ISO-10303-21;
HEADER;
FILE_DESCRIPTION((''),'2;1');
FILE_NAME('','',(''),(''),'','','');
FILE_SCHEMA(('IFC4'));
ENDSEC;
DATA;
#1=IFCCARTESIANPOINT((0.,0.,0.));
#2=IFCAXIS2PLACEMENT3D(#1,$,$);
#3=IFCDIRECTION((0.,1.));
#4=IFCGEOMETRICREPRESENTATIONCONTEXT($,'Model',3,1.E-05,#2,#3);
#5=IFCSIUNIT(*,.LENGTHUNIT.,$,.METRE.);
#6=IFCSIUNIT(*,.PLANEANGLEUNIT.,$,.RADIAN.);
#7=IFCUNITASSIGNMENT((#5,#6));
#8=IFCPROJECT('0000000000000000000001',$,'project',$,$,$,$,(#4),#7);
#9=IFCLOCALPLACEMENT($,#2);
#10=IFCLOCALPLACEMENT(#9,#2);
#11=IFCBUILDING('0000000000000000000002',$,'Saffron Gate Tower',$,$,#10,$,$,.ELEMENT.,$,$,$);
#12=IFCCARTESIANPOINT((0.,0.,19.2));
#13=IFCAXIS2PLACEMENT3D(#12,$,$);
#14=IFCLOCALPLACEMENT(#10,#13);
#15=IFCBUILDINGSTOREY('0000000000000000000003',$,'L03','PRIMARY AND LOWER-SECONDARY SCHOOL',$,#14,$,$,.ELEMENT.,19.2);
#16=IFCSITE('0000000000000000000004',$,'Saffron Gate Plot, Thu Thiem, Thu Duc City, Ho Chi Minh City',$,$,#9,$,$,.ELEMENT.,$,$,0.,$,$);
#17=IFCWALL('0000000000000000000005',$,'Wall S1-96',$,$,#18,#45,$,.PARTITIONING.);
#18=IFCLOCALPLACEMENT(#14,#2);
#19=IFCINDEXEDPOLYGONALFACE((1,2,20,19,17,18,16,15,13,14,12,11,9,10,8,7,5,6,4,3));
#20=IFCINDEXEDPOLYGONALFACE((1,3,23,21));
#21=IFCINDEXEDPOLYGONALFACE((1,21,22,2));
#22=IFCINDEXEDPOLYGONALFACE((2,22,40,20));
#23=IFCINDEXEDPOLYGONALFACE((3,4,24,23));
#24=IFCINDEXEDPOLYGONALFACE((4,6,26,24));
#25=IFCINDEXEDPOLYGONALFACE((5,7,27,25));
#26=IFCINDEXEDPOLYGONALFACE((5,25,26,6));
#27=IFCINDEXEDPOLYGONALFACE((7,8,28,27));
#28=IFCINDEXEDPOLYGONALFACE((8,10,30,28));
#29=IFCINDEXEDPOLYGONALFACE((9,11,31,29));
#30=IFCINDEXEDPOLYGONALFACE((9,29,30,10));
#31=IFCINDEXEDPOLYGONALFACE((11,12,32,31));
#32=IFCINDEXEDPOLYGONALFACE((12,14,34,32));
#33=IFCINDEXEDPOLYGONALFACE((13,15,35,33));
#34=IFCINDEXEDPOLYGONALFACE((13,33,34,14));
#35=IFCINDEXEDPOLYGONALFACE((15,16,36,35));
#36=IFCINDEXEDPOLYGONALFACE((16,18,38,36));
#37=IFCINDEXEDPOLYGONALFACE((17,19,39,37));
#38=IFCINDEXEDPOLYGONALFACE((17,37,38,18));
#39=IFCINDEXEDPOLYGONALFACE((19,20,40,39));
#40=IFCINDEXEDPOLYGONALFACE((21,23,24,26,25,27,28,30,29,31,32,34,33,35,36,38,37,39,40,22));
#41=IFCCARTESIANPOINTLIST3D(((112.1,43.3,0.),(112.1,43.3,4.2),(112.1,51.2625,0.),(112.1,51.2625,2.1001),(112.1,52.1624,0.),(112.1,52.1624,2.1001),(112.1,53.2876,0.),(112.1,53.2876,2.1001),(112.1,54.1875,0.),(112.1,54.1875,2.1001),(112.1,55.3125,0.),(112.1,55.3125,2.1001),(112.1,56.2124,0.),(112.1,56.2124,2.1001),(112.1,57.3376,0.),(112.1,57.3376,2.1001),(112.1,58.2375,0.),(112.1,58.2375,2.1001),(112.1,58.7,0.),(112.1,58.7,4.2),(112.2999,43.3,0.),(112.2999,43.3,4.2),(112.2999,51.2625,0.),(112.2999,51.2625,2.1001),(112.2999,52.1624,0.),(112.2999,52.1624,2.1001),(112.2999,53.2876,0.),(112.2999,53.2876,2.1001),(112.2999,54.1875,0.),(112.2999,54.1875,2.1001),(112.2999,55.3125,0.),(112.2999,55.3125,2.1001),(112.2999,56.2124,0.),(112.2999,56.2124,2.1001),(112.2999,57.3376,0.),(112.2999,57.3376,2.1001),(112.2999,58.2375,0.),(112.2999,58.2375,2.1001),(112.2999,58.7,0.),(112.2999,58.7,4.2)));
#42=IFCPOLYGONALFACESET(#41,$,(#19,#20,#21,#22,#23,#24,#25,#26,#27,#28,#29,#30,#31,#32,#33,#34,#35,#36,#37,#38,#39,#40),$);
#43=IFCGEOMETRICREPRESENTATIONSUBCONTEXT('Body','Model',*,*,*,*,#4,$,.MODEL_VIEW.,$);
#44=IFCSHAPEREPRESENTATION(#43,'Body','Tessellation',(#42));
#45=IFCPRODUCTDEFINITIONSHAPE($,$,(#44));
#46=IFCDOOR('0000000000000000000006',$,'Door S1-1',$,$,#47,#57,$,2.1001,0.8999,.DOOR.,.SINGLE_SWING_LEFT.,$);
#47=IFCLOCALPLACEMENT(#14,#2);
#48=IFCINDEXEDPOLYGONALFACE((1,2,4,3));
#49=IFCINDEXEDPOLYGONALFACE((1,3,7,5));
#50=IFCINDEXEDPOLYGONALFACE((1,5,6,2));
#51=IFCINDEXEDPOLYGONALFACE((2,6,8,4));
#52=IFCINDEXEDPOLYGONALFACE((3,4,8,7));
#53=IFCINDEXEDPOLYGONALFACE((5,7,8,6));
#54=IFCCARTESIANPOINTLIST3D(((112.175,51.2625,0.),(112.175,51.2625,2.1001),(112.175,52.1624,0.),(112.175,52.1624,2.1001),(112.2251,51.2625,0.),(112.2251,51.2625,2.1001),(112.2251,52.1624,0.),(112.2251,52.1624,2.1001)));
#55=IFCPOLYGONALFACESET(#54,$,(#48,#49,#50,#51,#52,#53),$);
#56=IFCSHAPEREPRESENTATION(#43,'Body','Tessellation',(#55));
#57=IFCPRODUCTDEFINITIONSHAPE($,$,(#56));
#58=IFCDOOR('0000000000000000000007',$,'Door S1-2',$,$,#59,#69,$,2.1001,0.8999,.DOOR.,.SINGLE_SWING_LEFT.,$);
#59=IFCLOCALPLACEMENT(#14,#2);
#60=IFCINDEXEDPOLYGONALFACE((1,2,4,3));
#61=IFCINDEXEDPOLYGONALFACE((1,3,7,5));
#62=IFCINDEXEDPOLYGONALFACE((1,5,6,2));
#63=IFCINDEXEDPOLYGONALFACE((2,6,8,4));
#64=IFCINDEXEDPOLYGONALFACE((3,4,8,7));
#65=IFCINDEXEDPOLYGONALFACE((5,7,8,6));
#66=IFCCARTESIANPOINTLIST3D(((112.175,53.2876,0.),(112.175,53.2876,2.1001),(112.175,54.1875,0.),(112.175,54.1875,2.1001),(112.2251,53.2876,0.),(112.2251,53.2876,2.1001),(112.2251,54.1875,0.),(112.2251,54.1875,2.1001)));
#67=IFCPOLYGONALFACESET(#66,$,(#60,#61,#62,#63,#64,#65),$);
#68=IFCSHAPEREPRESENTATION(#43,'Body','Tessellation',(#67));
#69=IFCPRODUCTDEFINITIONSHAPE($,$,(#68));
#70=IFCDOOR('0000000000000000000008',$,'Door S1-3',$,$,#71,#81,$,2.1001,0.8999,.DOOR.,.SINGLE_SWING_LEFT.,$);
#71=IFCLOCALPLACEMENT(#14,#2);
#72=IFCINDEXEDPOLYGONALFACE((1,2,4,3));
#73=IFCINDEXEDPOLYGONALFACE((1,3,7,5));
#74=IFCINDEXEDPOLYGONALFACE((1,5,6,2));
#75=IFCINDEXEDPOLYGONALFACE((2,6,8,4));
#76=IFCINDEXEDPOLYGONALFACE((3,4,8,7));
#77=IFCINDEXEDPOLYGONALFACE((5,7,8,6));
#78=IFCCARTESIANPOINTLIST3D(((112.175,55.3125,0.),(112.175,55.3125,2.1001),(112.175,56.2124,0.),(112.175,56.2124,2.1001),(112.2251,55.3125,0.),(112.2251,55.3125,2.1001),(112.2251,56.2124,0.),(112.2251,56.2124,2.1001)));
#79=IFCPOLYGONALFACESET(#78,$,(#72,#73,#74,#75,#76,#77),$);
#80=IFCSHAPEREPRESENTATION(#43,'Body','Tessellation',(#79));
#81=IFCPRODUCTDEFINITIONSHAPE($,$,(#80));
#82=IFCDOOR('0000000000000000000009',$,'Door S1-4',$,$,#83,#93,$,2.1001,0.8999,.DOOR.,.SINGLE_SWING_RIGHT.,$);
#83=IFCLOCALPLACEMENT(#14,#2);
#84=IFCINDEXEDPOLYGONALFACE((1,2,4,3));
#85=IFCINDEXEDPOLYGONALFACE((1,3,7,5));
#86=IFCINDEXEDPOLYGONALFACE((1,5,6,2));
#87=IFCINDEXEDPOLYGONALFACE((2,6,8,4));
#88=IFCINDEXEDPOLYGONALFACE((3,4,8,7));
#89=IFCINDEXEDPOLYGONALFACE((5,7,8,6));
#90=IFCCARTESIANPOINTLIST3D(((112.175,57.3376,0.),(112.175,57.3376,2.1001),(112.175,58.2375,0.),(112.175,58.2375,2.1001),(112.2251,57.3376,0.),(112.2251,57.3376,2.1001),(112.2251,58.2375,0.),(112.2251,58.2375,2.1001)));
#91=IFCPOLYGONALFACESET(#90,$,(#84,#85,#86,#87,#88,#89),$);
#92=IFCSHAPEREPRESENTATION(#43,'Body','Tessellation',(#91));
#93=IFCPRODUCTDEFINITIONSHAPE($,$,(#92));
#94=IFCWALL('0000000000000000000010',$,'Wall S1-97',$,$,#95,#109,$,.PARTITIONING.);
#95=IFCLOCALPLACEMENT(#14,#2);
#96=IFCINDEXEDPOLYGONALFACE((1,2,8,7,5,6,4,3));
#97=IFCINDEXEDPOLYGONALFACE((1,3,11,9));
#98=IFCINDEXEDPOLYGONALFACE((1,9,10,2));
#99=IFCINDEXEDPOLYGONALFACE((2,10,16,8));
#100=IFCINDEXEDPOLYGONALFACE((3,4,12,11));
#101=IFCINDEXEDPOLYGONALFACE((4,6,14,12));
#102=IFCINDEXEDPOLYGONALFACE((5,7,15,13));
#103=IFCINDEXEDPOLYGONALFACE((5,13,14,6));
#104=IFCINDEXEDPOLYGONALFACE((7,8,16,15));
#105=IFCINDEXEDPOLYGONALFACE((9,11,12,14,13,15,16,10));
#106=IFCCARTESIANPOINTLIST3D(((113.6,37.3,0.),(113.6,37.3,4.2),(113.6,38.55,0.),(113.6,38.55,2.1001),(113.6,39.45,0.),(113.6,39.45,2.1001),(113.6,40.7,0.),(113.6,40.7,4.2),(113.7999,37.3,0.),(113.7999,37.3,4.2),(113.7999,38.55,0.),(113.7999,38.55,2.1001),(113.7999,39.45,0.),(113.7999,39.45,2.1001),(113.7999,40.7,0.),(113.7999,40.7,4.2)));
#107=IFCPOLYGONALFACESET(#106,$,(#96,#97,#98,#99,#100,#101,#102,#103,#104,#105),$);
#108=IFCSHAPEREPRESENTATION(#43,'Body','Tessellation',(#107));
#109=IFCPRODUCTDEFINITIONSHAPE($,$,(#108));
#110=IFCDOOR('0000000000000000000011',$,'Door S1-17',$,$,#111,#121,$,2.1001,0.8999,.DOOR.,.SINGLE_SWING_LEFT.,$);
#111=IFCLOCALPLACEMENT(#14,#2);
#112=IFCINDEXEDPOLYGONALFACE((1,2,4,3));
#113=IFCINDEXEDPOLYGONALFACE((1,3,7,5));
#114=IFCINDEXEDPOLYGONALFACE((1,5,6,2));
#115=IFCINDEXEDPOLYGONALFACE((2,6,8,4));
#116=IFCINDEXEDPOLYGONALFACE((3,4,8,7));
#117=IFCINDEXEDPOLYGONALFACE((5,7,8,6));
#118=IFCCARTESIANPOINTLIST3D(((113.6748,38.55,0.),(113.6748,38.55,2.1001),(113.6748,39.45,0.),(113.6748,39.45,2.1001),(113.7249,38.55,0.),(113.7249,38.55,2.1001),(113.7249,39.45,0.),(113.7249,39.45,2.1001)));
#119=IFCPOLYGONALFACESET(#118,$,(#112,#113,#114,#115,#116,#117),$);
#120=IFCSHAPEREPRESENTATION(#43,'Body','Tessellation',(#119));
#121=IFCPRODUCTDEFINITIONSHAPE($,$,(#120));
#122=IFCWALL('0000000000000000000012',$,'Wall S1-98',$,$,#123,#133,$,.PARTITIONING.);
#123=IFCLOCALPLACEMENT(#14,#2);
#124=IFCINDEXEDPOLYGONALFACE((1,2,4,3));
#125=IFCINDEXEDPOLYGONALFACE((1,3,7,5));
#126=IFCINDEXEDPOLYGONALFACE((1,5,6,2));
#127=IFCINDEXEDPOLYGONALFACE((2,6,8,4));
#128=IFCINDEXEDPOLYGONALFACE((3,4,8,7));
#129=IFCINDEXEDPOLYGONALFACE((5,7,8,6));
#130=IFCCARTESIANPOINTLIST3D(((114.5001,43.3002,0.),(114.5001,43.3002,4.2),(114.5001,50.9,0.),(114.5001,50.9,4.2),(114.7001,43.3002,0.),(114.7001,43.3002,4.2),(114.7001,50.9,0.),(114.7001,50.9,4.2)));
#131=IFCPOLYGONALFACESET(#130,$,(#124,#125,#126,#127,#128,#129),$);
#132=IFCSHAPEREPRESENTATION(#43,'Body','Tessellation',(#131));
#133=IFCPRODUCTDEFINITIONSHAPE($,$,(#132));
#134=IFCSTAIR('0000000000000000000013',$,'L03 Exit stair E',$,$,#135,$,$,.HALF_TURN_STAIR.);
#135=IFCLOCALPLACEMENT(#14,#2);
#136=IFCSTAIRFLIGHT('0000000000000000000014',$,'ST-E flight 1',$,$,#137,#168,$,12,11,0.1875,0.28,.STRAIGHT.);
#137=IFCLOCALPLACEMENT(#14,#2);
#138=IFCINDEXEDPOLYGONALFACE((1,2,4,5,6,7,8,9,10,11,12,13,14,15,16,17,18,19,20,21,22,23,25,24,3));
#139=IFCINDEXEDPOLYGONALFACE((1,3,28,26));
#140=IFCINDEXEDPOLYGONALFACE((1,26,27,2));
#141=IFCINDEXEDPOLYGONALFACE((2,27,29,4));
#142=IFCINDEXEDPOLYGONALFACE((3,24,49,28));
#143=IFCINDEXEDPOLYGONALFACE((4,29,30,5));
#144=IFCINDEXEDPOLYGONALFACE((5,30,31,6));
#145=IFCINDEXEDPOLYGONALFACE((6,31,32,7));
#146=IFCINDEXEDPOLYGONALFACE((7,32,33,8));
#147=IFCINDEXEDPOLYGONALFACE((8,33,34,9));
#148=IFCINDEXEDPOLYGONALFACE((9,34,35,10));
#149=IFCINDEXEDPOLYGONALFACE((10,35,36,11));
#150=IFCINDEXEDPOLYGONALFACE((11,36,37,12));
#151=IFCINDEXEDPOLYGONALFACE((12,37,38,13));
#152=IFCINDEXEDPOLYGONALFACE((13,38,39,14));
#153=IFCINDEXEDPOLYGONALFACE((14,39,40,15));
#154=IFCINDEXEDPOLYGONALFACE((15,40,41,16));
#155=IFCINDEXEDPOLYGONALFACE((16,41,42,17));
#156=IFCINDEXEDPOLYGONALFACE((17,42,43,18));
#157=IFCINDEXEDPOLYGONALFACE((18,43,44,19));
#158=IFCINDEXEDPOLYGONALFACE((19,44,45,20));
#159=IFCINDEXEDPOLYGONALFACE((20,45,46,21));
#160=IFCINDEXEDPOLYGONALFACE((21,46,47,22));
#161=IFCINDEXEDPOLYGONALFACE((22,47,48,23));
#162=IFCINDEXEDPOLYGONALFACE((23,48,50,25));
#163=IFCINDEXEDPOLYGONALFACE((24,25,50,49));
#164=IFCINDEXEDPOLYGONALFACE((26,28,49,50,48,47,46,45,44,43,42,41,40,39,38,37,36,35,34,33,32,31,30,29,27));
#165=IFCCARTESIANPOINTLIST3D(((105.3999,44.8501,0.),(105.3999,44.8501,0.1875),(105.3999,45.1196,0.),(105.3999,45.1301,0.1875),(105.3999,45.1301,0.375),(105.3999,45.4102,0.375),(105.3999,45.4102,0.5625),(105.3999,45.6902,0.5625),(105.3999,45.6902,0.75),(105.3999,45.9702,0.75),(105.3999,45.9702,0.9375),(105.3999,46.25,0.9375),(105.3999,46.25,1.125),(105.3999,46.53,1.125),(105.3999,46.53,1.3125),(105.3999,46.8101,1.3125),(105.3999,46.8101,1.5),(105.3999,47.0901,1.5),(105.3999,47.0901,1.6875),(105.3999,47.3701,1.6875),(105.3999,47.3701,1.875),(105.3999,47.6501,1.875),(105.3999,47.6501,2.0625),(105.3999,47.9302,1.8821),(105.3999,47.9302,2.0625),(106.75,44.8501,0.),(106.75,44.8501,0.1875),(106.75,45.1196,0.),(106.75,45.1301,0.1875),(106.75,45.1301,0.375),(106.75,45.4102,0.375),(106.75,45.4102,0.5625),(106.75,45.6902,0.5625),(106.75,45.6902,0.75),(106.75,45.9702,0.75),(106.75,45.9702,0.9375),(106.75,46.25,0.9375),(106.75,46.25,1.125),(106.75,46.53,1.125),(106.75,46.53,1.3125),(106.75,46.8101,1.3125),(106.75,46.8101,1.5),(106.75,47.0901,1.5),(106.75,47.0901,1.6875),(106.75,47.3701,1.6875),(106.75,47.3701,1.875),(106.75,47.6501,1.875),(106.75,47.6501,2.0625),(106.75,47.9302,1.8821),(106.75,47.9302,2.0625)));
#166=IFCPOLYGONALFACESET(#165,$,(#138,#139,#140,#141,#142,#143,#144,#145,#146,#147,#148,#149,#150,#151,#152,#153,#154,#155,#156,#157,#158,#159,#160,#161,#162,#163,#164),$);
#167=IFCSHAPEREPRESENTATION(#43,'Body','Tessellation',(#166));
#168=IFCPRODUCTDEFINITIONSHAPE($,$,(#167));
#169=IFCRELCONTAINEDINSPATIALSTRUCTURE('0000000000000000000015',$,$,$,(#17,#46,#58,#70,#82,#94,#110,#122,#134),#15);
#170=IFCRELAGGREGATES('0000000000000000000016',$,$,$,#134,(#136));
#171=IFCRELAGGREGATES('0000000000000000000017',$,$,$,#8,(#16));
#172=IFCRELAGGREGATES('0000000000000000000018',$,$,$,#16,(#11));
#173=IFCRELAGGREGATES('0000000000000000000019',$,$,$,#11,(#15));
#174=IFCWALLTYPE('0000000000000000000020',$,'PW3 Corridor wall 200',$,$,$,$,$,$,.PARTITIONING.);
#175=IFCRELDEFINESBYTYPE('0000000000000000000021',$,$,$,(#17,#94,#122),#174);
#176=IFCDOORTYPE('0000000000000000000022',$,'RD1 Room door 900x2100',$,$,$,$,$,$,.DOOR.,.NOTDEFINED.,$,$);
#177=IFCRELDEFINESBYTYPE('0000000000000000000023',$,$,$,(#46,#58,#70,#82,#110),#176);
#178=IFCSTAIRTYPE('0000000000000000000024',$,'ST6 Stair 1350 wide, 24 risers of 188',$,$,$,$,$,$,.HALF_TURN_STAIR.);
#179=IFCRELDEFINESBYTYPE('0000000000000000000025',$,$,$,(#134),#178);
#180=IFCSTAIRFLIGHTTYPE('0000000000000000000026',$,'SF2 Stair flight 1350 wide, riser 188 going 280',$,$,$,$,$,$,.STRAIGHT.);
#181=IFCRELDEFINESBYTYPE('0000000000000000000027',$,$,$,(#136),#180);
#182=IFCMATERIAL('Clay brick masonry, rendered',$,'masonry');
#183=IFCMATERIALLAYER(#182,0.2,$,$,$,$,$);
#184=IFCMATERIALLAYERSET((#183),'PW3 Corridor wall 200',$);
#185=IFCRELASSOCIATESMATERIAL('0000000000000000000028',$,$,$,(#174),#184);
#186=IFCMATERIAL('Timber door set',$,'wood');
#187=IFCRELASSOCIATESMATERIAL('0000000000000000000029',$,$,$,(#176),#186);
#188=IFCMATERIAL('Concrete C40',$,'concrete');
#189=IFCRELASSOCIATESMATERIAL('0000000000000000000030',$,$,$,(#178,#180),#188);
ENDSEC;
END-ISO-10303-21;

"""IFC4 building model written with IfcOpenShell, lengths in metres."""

from ifc_helpers import new_model, si_unit, direction, frame, frame_2d, origin, place, context, subcontext, project, spatial, polyline, rectangle, outline, extrude, material, layer, layer_set, type_object, element, fill, aggregate, save


model = new_model("IFC4")

# Units and contexts
model_context = context("Model", 3, precision=1e-05, world=origin(), true_north=direction((0.0, 1.0)))
body_context = subcontext(model_context, "Body", "Model", "MODEL_VIEW")
ifc_project = project(units=[si_unit("LENGTHUNIT", "METRE"), si_unit("PLANEANGLEUNIT", "RADIAN")], contexts=[model_context])

# Site, building, storey
site_placement = place(None, origin())
site = spatial("IfcSite", under=ifc_project, at=site_placement, Name="Saffron Gate Plot, Thu Thiem, Thu Duc City, Ho Chi Minh City", CompositionType="ELEMENT", RefElevation=0.0)
building_placement = place(site_placement, origin())
building = spatial("IfcBuilding", under=site, at=building_placement, Name="Saffron Gate Tower", CompositionType="ELEMENT")
storey_placement = place(building_placement, frame((0.0, 0.0, 19.2)))
storey = spatial("IfcBuildingStorey", under=building, at=storey_placement, Name="L03", Description="PRIMARY AND LOWER-SECONDARY SCHOOL", CompositionType="ELEMENT", Elevation=19.2)

# Shared definitions
ifc_material_1 = material(Name="Clay brick masonry, rendered", Category="masonry")

# Shared definitions
ifc_layer_1 = layer(ifc_material_1, 0.2)
ifc_layer_set_1 = layer_set([ifc_layer_1], Name="PW3 Corridor wall 200")
wall_type_1 = type_object("IfcWallType", Name="PW3 Corridor wall 200", PredefinedType="PARTITIONING", material=ifc_layer_set_1)
ifc_material_2 = material(Name="Timber door set", Category="wood")
door_type_1 = type_object("IfcDoorType", Name="RD1 Room door 900x2100", OperationType="NOTDEFINED", PredefinedType="DOOR", material=ifc_material_2)

# Wall, openings, doors
wall_1_placement = place(storey_placement, frame((112.2, 43.3, 0.0), z_axis=(0.0, 0.0, 1.0), x_axis=(0.0, 1.0, 0.0)))
wall_1 = element("IfcWall", 1, at=wall_1_placement, inside=storey, type_object=wall_type_1, Name="Wall S1-96", PredefinedType="PARTITIONING", context=body_context, shape_type="SweptSolid", body=[
    extrude(rectangle(XDim=15.3999, YDim=0.2, at=frame_2d((7.7, 0.0))), origin(), (0.0, 0.0, 1.0), 4.2),
])
opening_1_placement = place(wall_1_placement, frame((7.9624, 0.0, 0.0)))
opening_1 = element("IfcOpeningElement", 2, at=opening_1_placement, cuts=wall_1, PredefinedType="OPENING", context=body_context, shape_type="SweptSolid", body=[
    extrude(rectangle(XDim=0.8999, YDim=2.1001, at=frame_2d((0.45, 1.05))), frame((0.0, 0.1099, 0.0), z_axis=(0.0, -1.0, 0.0), x_axis=(1.0, 0.0, 0.0)), (0.0, 0.0, 1.0), 0.22),
])
opening_2_placement = place(wall_1_placement, frame((9.9875, 0.0, 0.0)))
opening_2 = element("IfcOpeningElement", 3, at=opening_2_placement, cuts=wall_1, PredefinedType="OPENING", context=body_context, shape_type="SweptSolid", body=[
    extrude(rectangle(XDim=0.8999, YDim=2.1001, at=frame_2d((0.45, 1.05))), frame((0.0, 0.1099, 0.0), z_axis=(0.0, -1.0, 0.0), x_axis=(1.0, 0.0, 0.0)), (0.0, 0.0, 1.0), 0.22),
])
opening_3_placement = place(wall_1_placement, frame((12.0125, 0.0, 0.0)))
opening_3 = element("IfcOpeningElement", 4, at=opening_3_placement, cuts=wall_1, PredefinedType="OPENING", context=body_context, shape_type="SweptSolid", body=[
    extrude(rectangle(XDim=0.8999, YDim=2.1001, at=frame_2d((0.45, 1.05))), frame((0.0, 0.1099, 0.0), z_axis=(0.0, -1.0, 0.0), x_axis=(1.0, 0.0, 0.0)), (0.0, 0.0, 1.0), 0.22),
])
opening_4_placement = place(wall_1_placement, frame((14.0376, 0.0, 0.0)))
opening_4 = element("IfcOpeningElement", 5, at=opening_4_placement, cuts=wall_1, PredefinedType="OPENING", context=body_context, shape_type="SweptSolid", body=[
    extrude(rectangle(XDim=0.8999, YDim=2.1001, at=frame_2d((0.45, 1.05))), frame((0.0, 0.1099, 0.0), z_axis=(0.0, -1.0, 0.0), x_axis=(1.0, 0.0, 0.0)), (0.0, 0.0, 1.0), 0.22),
])
door_1_placement = place(opening_1_placement, origin())
door_1 = element("IfcDoor", 6, at=door_1_placement, inside=storey, type_object=door_type_1, Name="Door S1-1", OperationType="SINGLE_SWING_LEFT", OverallHeight=2.1001, OverallWidth=0.8999, PredefinedType="DOOR", context=body_context, shape_type="SweptSolid", body=[
    extrude(rectangle(XDim=0.8999, YDim=2.1001, at=frame_2d((0.45, 1.05))), frame((0.0, 0.0249, 0.0), z_axis=(0.0, -1.0, 0.0), x_axis=(1.0, 0.0, 0.0)), (0.0, 0.0, 1.0), 0.05),
])
fill(opening_1, door_1)
door_2_placement = place(opening_2_placement, origin())
door_2 = element("IfcDoor", 7, at=door_2_placement, inside=storey, type_object=door_type_1, Name="Door S1-2", OperationType="SINGLE_SWING_LEFT", OverallHeight=2.1001, OverallWidth=0.8999, PredefinedType="DOOR", context=body_context, shape_type="SweptSolid", body=[
    extrude(rectangle(XDim=0.8999, YDim=2.1001, at=frame_2d((0.45, 1.05))), frame((0.0, 0.0249, 0.0), z_axis=(0.0, -1.0, 0.0), x_axis=(1.0, 0.0, 0.0)), (0.0, 0.0, 1.0), 0.05),
])
fill(opening_2, door_2)
door_3_placement = place(opening_3_placement, origin())
door_3 = element("IfcDoor", 8, at=door_3_placement, inside=storey, type_object=door_type_1, Name="Door S1-3", OperationType="SINGLE_SWING_LEFT", OverallHeight=2.1001, OverallWidth=0.8999, PredefinedType="DOOR", context=body_context, shape_type="SweptSolid", body=[
    extrude(rectangle(XDim=0.8999, YDim=2.1001, at=frame_2d((0.45, 1.05))), frame((0.0, 0.0249, 0.0), z_axis=(0.0, -1.0, 0.0), x_axis=(1.0, 0.0, 0.0)), (0.0, 0.0, 1.0), 0.05),
])
fill(opening_3, door_3)
door_4_placement = place(opening_4_placement, origin())
door_4 = element("IfcDoor", 9, at=door_4_placement, inside=storey, type_object=door_type_1, Name="Door S1-4", OperationType="SINGLE_SWING_RIGHT", OverallHeight=2.1001, OverallWidth=0.8999, PredefinedType="DOOR", context=body_context, shape_type="SweptSolid", body=[
    extrude(rectangle(XDim=0.8999, YDim=2.1001, at=frame_2d((0.45, 1.05))), frame((0.0, 0.0249, 0.0), z_axis=(0.0, -1.0, 0.0), x_axis=(1.0, 0.0, 0.0)), (0.0, 0.0, 1.0), 0.05),
])
fill(opening_4, door_4)

# Wall, opening, door
wall_2_placement = place(storey_placement, frame((113.7, 40.7, 0.0), z_axis=(0.0, 0.0, 1.0), x_axis=(0.0, -1.0, 0.0)))
wall_2 = element("IfcWall", 10, at=wall_2_placement, inside=storey, type_object=wall_type_1, Name="Wall S1-97", PredefinedType="PARTITIONING", context=body_context, shape_type="SweptSolid", body=[
    extrude(rectangle(XDim=3.3999, YDim=0.2, at=frame_2d((1.7, 0.0))), origin(), (0.0, 0.0, 1.0), 4.2),
])
opening_5_placement = place(wall_2_placement, frame((1.25, 0.0, 0.0)))
opening_5 = element("IfcOpeningElement", 11, at=opening_5_placement, cuts=wall_2, PredefinedType="OPENING", context=body_context, shape_type="SweptSolid", body=[
    extrude(rectangle(XDim=0.8999, YDim=2.1001, at=frame_2d((0.45, 1.05))), frame((0.0, 0.1099, 0.0), z_axis=(0.0, -1.0, 0.0), x_axis=(1.0, 0.0, 0.0)), (0.0, 0.0, 1.0), 0.22),
])
door_5_placement = place(opening_5_placement, origin())
door_5 = element("IfcDoor", 12, at=door_5_placement, inside=storey, type_object=door_type_1, Name="Door S1-17", OperationType="SINGLE_SWING_LEFT", OverallHeight=2.1001, OverallWidth=0.8999, PredefinedType="DOOR", context=body_context, shape_type="SweptSolid", body=[
    extrude(rectangle(XDim=0.8999, YDim=2.1001, at=frame_2d((0.45, 1.05))), frame((0.0, 0.0249, 0.0), z_axis=(0.0, -1.0, 0.0), x_axis=(1.0, 0.0, 0.0)), (0.0, 0.0, 1.0), 0.05),
])
fill(opening_5, door_5)

# Wall
wall_3_placement = place(storey_placement, frame((114.6001, 50.8999, 0.0), z_axis=(0.0, 0.0, 1.0), x_axis=(0.0, -1.0, 0.0)))
element("IfcWall", 13, at=wall_3_placement, inside=storey, type_object=wall_type_1, Name="Wall S1-98", PredefinedType="PARTITIONING", context=body_context, shape_type="SweptSolid", body=[
    extrude(rectangle(XDim=7.5999, YDim=0.2, at=frame_2d((3.7998, 0.0))), origin(), (0.0, 0.0, 1.0), 4.2),
])

# Stair, stair flight
ifc_material_3 = material(Name="Concrete C40", Category="concrete")
stair_type = type_object("IfcStairType", Name="ST6 Stair 1350 wide, 24 risers of 188", PredefinedType="HALF_TURN_STAIR", material=ifc_material_3)
stair_placement = place(storey_placement, origin())
stair = element("IfcStair", 14, at=stair_placement, inside=storey, type_object=stair_type, Name="L03 Exit stair E", PredefinedType="HALF_TURN_STAIR")
stair_flight_type = type_object("IfcStairFlightType", Name="SF2 Stair flight 1350 wide, riser 188 going 280", PredefinedType="STRAIGHT", material=ifc_material_3)
stair_flight_placement = place(storey_placement, frame((106.075, 44.8501, 0.0), z_axis=(0.0, 0.0, 1.0), x_axis=(0.0, 1.0, 0.0)))
stair_flight = element("IfcStairFlight", 15, at=stair_flight_placement, type_object=stair_flight_type, Name="ST-E flight 1", NumberOfRisers=12, NumberOfTreads=11, PredefinedType="STRAIGHT", RiserHeight=0.1875, TreadLength=0.28, context=body_context, shape_type="SweptSolid", body=[
    extrude(outline(polyline([(0.0, 0.0), (0.0, 0.1875), (0.28, 0.1875), (0.28, 0.375), (0.5601, 0.375), (0.5601, 0.5625), (0.8401, 0.5625), (0.8401, 0.75), (1.1201, 0.75), (1.1201, 0.9375), (1.3999, 0.9375), (1.3999, 1.125), (1.6799, 1.125), (1.6799, 1.3125), (1.96, 1.3125), (1.96, 1.5), (2.24, 1.5), (2.24, 1.6875), (2.52, 1.6875), (2.52, 1.875), (2.8, 1.875), (2.8, 2.0625), (3.0801, 2.0625), (3.0801, 2.25), (3.0801, 1.8821), (0.2695, 0.0), (0.0, 0.0)])), frame((0.0, 0.675, 0.0), z_axis=(0.0, -1.0, 0.0), x_axis=(1.0, 0.0, 0.0)), (0.0, 0.0, 1.0), 1.3501),
])
aggregate(stair, [stair_flight])

save(model, "model.ifc")
